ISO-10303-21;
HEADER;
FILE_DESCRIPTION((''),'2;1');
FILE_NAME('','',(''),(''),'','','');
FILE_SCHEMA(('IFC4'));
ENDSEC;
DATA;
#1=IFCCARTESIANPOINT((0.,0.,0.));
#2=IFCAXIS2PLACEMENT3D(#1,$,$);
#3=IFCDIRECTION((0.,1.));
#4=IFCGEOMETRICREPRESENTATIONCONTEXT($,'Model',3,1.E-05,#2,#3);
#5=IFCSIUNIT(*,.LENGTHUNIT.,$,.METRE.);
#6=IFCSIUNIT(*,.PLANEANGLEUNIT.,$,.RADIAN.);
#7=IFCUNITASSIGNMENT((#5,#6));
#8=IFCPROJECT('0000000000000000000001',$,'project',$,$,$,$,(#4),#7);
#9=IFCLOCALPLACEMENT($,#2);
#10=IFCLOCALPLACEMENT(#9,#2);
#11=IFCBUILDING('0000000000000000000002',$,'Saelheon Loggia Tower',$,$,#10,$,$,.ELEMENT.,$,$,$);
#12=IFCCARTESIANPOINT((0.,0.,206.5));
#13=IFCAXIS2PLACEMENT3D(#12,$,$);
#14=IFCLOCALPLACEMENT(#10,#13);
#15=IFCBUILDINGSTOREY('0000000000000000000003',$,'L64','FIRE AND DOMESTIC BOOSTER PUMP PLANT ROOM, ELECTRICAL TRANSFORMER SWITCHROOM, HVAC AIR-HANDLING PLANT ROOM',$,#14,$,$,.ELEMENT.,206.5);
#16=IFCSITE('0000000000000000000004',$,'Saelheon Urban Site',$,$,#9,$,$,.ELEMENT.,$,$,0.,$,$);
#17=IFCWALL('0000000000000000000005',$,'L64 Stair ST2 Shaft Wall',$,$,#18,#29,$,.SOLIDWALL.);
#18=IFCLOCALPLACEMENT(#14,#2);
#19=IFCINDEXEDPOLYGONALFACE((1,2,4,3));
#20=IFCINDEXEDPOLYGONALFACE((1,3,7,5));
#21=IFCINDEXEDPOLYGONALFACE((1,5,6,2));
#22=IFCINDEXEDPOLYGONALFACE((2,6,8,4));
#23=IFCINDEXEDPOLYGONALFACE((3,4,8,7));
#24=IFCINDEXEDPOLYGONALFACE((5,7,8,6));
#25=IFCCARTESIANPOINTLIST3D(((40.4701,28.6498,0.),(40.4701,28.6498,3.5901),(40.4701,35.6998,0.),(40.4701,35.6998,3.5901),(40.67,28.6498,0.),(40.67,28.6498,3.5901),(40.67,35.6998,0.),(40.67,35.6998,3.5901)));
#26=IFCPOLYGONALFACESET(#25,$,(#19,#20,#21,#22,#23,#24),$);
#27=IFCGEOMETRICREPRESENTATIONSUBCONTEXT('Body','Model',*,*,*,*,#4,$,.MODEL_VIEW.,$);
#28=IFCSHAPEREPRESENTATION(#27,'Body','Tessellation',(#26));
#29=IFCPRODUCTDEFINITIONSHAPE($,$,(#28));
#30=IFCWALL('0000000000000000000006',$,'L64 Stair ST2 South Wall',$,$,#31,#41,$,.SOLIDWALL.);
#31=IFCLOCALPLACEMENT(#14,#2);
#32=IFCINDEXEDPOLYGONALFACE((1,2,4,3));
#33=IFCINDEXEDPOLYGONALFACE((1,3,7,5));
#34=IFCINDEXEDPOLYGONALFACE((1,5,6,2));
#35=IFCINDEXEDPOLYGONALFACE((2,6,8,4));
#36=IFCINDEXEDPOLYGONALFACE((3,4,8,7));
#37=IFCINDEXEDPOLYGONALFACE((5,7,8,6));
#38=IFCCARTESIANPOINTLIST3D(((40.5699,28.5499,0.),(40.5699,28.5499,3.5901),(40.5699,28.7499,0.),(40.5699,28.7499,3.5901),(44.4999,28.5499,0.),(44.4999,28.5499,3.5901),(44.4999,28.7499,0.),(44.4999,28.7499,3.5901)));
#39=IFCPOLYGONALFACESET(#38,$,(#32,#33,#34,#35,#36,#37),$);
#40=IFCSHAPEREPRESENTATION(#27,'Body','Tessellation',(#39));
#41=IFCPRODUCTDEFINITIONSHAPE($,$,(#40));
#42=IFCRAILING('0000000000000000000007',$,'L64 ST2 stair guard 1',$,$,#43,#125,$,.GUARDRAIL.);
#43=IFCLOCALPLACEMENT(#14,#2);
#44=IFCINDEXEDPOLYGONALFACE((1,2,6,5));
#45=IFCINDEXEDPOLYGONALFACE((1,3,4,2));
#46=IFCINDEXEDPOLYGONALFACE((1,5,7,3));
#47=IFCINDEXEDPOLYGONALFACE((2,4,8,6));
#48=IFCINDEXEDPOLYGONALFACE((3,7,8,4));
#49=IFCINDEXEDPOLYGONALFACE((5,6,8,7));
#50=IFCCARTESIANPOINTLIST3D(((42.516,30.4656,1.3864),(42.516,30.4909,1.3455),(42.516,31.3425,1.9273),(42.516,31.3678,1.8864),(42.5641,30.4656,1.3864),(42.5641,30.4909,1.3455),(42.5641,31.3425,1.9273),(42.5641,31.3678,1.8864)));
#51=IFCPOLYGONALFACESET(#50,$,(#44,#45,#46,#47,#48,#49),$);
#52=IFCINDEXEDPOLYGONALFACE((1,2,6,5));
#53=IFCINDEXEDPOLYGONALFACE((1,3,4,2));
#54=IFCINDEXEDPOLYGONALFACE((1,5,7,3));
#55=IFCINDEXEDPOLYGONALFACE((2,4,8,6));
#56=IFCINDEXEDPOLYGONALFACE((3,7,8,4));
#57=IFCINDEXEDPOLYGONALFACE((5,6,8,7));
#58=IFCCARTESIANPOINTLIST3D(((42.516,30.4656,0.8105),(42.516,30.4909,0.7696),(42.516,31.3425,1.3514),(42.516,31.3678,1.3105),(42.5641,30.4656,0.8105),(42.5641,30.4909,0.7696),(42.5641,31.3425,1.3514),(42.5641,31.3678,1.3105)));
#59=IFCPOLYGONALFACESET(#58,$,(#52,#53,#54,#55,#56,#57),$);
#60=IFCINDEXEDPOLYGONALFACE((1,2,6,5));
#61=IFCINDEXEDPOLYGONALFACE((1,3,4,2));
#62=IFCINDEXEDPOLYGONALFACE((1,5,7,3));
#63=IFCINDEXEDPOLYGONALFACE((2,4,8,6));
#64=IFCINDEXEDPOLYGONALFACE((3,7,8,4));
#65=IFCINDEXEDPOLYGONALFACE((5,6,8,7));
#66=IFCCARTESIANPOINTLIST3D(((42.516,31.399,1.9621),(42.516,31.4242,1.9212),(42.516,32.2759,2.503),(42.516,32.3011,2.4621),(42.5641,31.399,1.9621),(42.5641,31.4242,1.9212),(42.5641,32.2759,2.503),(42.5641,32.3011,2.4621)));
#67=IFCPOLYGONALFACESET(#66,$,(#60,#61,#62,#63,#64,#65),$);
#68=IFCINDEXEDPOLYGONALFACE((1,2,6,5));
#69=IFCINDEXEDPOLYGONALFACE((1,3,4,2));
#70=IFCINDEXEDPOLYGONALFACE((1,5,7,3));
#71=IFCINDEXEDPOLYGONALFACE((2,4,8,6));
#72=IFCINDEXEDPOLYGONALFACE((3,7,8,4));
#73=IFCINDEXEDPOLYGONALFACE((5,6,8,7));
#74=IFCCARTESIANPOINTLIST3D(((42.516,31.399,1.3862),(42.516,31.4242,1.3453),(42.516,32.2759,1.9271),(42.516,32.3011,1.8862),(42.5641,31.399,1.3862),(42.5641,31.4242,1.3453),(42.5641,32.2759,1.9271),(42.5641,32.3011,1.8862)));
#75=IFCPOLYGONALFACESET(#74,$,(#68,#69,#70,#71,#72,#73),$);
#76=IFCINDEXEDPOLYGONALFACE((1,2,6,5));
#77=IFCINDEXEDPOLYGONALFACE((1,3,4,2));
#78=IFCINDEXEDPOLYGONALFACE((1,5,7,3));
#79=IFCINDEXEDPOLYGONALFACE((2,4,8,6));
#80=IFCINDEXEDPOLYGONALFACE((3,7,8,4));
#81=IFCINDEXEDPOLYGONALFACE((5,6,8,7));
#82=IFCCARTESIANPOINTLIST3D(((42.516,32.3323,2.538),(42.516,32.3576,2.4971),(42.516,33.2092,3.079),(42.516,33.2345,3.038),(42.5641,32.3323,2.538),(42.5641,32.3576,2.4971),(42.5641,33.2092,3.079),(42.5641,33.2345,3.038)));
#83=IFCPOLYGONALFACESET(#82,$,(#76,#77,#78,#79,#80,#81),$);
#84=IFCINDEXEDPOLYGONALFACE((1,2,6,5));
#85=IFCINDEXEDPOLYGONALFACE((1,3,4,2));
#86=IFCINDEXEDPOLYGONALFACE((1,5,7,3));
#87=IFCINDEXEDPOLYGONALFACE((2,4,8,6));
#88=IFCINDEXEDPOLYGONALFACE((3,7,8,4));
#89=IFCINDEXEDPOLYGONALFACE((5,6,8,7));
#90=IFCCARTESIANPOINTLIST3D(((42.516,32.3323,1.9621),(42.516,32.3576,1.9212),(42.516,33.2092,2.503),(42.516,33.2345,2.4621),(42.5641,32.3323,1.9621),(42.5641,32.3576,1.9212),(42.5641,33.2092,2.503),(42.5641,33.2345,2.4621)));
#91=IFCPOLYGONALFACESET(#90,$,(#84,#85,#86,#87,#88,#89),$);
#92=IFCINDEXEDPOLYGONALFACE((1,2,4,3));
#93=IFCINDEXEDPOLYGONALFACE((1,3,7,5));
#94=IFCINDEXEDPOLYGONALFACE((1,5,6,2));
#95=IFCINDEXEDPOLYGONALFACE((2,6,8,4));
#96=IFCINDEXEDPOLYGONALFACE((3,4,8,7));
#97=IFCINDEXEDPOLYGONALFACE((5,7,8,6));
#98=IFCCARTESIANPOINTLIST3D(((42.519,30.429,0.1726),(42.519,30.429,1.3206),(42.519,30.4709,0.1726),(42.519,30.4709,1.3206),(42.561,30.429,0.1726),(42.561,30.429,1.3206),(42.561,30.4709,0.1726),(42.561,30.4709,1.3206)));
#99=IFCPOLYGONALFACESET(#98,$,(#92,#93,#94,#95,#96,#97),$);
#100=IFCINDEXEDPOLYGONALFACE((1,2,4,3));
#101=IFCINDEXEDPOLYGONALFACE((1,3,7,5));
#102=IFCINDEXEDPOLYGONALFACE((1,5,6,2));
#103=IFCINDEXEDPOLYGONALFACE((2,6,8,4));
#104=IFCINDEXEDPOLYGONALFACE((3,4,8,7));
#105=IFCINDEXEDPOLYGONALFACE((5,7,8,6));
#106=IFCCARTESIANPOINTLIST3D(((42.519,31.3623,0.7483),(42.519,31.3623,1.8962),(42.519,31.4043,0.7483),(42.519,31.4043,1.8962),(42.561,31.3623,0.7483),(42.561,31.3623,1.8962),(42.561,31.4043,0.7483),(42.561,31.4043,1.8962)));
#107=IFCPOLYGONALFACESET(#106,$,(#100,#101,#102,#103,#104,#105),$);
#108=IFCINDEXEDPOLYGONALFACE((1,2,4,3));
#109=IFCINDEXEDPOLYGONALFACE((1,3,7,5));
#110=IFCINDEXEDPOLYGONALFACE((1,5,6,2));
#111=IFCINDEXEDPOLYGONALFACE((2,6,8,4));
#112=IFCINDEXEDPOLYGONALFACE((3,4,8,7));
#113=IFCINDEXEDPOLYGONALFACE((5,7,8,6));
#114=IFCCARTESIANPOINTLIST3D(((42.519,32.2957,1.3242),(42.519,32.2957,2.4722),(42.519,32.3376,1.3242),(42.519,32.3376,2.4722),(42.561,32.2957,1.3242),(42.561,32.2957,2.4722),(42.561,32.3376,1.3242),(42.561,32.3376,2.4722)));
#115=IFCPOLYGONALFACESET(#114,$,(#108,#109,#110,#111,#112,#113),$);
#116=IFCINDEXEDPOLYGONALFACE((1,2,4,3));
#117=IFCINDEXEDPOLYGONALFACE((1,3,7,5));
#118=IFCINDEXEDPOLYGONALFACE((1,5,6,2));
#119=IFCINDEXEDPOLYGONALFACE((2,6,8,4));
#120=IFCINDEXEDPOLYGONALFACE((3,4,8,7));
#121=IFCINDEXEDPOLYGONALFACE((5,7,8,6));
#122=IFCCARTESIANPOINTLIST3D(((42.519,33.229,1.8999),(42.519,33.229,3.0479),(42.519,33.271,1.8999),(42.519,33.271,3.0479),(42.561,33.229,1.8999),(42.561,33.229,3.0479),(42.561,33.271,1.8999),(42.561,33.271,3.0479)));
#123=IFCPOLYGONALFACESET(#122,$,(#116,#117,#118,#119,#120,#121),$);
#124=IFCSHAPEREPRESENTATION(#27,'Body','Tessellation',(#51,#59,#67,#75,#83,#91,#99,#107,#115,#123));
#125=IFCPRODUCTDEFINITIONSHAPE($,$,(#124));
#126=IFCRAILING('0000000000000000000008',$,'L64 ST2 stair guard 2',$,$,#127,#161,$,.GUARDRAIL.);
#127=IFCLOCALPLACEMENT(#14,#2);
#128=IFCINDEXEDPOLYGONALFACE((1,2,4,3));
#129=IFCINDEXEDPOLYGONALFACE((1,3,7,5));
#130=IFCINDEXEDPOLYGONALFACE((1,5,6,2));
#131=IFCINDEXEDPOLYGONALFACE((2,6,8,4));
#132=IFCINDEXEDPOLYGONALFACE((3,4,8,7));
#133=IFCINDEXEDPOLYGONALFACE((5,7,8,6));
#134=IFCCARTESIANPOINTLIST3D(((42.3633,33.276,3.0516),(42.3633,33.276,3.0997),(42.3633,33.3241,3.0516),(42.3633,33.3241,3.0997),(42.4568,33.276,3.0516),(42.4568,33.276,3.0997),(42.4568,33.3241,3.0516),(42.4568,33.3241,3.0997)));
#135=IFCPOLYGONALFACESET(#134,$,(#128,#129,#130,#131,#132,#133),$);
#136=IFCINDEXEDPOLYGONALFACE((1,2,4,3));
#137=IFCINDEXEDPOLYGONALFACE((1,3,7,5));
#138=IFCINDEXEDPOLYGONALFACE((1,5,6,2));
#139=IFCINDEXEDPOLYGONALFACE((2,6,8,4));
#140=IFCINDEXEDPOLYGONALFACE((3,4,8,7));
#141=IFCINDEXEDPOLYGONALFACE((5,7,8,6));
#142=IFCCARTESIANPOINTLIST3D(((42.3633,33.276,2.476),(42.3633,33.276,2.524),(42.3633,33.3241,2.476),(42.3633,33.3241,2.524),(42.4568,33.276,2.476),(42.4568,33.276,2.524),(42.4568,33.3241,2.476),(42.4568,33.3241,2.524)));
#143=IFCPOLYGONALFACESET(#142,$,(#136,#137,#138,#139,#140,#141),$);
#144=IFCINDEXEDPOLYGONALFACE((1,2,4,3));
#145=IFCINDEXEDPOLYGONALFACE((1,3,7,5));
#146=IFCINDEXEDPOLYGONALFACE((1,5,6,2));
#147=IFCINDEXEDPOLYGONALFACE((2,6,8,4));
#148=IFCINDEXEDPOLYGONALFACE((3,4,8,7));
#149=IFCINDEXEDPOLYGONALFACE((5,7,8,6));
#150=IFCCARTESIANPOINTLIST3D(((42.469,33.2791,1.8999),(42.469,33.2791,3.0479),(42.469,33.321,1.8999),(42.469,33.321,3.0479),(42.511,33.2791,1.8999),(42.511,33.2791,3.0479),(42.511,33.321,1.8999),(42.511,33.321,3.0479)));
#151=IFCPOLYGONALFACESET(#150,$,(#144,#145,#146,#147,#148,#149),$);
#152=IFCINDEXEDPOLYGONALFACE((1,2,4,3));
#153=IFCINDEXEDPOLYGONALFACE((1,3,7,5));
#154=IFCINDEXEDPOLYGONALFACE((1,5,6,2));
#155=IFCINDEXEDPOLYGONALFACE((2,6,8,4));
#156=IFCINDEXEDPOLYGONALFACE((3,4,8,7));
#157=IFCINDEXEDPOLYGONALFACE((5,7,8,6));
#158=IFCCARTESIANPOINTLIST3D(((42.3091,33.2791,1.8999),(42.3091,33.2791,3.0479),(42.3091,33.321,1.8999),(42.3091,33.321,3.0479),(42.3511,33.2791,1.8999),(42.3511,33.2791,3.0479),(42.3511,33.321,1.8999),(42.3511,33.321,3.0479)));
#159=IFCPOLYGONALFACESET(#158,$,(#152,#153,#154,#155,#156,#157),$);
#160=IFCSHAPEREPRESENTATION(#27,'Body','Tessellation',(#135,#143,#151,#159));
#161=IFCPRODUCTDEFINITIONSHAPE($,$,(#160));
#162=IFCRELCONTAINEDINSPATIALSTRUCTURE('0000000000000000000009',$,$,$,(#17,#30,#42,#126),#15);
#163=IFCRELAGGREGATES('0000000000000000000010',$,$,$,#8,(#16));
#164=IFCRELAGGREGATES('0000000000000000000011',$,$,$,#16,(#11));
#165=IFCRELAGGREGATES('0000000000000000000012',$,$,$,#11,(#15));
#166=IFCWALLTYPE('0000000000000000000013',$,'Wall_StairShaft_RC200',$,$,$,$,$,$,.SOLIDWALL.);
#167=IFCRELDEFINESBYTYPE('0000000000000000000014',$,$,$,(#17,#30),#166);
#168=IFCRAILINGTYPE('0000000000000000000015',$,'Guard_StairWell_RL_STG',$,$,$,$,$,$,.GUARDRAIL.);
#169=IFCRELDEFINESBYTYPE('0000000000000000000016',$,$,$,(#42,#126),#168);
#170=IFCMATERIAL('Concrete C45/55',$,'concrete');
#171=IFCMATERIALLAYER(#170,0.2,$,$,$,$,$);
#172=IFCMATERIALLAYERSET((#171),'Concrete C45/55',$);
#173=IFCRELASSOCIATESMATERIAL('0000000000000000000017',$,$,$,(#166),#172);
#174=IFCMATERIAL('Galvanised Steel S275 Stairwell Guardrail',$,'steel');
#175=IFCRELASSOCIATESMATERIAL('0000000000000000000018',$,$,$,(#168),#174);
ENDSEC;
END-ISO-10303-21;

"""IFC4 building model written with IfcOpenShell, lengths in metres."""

from ifc_helpers import new_model, si_unit, direction, frame, frame_2d, origin, origin_2d, place, context, subcontext, project, spatial, rectangle, extrude, material, layer, layer_set, type_object, element, save


model = new_model("IFC4")

# Units and contexts
model_context = context("Model", 3, precision=1e-05, world=origin(), true_north=direction((0.0, 1.0)))
body_context = subcontext(model_context, "Body", "Model", "MODEL_VIEW")
ifc_project = project(units=[si_unit("LENGTHUNIT", "METRE"), si_unit("PLANEANGLEUNIT", "RADIAN")], contexts=[model_context])

# Site, building, storey
site_placement = place(None, origin())
site = spatial("IfcSite", under=ifc_project, at=site_placement, Name="Saelheon Urban Site", CompositionType="ELEMENT", RefElevation=0.0)
building_placement = place(site_placement, origin())
building = spatial("IfcBuilding", under=site, at=building_placement, Name="Saelheon Loggia Tower", CompositionType="ELEMENT")
storey_placement = place(building_placement, frame((0.0, 0.0, 206.5)))
storey = spatial("IfcBuildingStorey", under=building, at=storey_placement, Name="L64", Description="FIRE AND DOMESTIC BOOSTER PUMP PLANT ROOM, ELECTRICAL TRANSFORMER SWITCHROOM, HVAC AIR-HANDLING PLANT ROOM", CompositionType="ELEMENT", Elevation=206.5)

# Walls
ifc_material_1 = material(Name="Concrete C45/55", Category="concrete")
ifc_layer_1 = layer(ifc_material_1, 0.2)
ifc_layer_set_1 = layer_set([ifc_layer_1], Name="Concrete C45/55")
wall_type_1 = type_object("IfcWallType", Name="Wall_StairShaft_RC200", PredefinedType="SOLIDWALL", material=ifc_layer_set_1)
wall_1_placement = place(storey_placement, frame((40.5701, 28.6499, 0.0), z_axis=(0.0, 0.0, 1.0), x_axis=(0.0, 1.0, 0.0)))
element("IfcWall", 1, at=wall_1_placement, inside=storey, type_object=wall_type_1, Name="L64 Stair ST2 Shaft Wall", PredefinedType="SOLIDWALL", context=body_context, shape_type="SweptSolid", body=[
    extrude(rectangle(XDim=7.05, YDim=0.2, at=frame_2d((3.5249, 0.0))), origin(), (0.0, 0.0, 1.0), 3.5901),
])
wall_2_placement = place(storey_placement, frame((40.5701, 28.6499, 0.0), z_axis=(0.0, 0.0, 1.0), x_axis=(1.0, 0.0, 0.0)))
element("IfcWall", 2, at=wall_2_placement, inside=storey, type_object=wall_type_1, Name="L64 Stair ST2 South Wall", PredefinedType="SOLIDWALL", context=body_context, shape_type="SweptSolid", body=[
    extrude(rectangle(XDim=3.9299, YDim=0.2, at=frame_2d((1.9648, 0.0))), origin(), (0.0, 0.0, 1.0), 3.5901),
])

# Railings
ifc_material_2 = material(Name="Galvanised Steel S275 Stairwell Guardrail", Category="steel")
railing_type_1 = type_object("IfcRailingType", Name="Guard_StairWell_RL_STG", PredefinedType="GUARDRAIL", material=ifc_material_2)
railing_1_placement = place(storey_placement, frame((42.54, 30.45, 0.1726)))
element("IfcRailing", 3, at=railing_1_placement, inside=storey, type_object=railing_type_1, Name="L64 ST2 stair guard 1", PredefinedType="GUARDRAIL", context=body_context, shape_type="SweptSolid", body=[
    extrude(rectangle(XDim=0.0481, YDim=0.0481, at=origin_2d()), frame((0.0, 0.0283, 1.1934), z_axis=(0.0, 0.85109, 0.52502), x_axis=(-1.0, 0.0, 0.0)), (0.0, 0.0, 1.0), 1.0303),
    extrude(rectangle(XDim=0.0481, YDim=0.0481, at=origin_2d()), frame((0.0, 0.0283, 0.6174), z_axis=(0.0, 0.85109, 0.52502), x_axis=(-1.0, 0.0, 0.0)), (0.0, 0.0, 1.0), 1.0303),
    extrude(rectangle(XDim=0.0481, YDim=0.0481, at=origin_2d()), frame((0.0, 0.9617, 1.769), z_axis=(0.0, 0.85109, 0.52502), x_axis=(-1.0, 0.0, 0.0)), (0.0, 0.0, 1.0), 1.0303),
    extrude(rectangle(XDim=0.0481, YDim=0.0481, at=origin_2d()), frame((0.0, 0.9617, 1.1931), z_axis=(0.0, 0.85109, 0.52502), x_axis=(-1.0, 0.0, 0.0)), (0.0, 0.0, 1.0), 1.0303),
    extrude(rectangle(XDim=0.0481, YDim=0.0481, at=origin_2d()), frame((0.0, 1.895, 2.345), z_axis=(0.0, 0.85109, 0.52502), x_axis=(-1.0, 0.0, 0.0)), (0.0, 0.0, 1.0), 1.0303),
    extrude(rectangle(XDim=0.0481, YDim=0.0481, at=origin_2d()), frame((0.0, 1.895, 1.769), z_axis=(0.0, 0.85109, 0.52502), x_axis=(-1.0, 0.0, 0.0)), (0.0, 0.0, 1.0), 1.0303),
    extrude(rectangle(XDim=0.042, YDim=0.042, at=origin_2d()), origin(), (0.0, 0.0, 1.0), 1.1479),
    extrude(rectangle(XDim=0.042, YDim=0.042, at=origin_2d()), frame((0.0, 0.9333, 0.5757)), (0.0, 0.0, 1.0), 1.1479),
    extrude(rectangle(XDim=0.042, YDim=0.042, at=origin_2d()), frame((0.0, 1.8667, 1.1516)), (0.0, 0.0, 1.0), 1.1479),
    extrude(rectangle(XDim=0.042, YDim=0.042, at=origin_2d()), frame((0.0, 2.8, 1.7273)), (0.0, 0.0, 1.0), 1.1479),
])
railing_2_placement = place(storey_placement, frame((42.49, 33.3, 1.8999)))
element("IfcRailing", 4, at=railing_2_placement, inside=storey, type_object=railing_type_1, Name="L64 ST2 stair guard 2", PredefinedType="GUARDRAIL", context=body_context, shape_type="SweptSolid", body=[
    extrude(rectangle(XDim=0.0481, YDim=0.0481, at=origin_2d()), frame((-0.0332, 0.0, 1.1758), z_axis=(-1.0, 0.0, 0.0), x_axis=(0.0, -1.0, 0.0)), (0.0, 0.0, 1.0), 0.0935),
    extrude(rectangle(XDim=0.0481, YDim=0.0481, at=origin_2d()), frame((-0.0332, 0.0, 0.6001), z_axis=(-1.0, 0.0, 0.0), x_axis=(0.0, -1.0, 0.0)), (0.0, 0.0, 1.0), 0.0935),
    extrude(rectangle(XDim=0.042, YDim=0.042, at=origin_2d()), origin(), (0.0, 0.0, 1.0), 1.1479),
    extrude(rectangle(XDim=0.042, YDim=0.042, at=origin_2d()), frame((-0.1599, 0.0, 0.0)), (0.0, 0.0, 1.0), 1.1479),
])

save(model, "model.ifc")
